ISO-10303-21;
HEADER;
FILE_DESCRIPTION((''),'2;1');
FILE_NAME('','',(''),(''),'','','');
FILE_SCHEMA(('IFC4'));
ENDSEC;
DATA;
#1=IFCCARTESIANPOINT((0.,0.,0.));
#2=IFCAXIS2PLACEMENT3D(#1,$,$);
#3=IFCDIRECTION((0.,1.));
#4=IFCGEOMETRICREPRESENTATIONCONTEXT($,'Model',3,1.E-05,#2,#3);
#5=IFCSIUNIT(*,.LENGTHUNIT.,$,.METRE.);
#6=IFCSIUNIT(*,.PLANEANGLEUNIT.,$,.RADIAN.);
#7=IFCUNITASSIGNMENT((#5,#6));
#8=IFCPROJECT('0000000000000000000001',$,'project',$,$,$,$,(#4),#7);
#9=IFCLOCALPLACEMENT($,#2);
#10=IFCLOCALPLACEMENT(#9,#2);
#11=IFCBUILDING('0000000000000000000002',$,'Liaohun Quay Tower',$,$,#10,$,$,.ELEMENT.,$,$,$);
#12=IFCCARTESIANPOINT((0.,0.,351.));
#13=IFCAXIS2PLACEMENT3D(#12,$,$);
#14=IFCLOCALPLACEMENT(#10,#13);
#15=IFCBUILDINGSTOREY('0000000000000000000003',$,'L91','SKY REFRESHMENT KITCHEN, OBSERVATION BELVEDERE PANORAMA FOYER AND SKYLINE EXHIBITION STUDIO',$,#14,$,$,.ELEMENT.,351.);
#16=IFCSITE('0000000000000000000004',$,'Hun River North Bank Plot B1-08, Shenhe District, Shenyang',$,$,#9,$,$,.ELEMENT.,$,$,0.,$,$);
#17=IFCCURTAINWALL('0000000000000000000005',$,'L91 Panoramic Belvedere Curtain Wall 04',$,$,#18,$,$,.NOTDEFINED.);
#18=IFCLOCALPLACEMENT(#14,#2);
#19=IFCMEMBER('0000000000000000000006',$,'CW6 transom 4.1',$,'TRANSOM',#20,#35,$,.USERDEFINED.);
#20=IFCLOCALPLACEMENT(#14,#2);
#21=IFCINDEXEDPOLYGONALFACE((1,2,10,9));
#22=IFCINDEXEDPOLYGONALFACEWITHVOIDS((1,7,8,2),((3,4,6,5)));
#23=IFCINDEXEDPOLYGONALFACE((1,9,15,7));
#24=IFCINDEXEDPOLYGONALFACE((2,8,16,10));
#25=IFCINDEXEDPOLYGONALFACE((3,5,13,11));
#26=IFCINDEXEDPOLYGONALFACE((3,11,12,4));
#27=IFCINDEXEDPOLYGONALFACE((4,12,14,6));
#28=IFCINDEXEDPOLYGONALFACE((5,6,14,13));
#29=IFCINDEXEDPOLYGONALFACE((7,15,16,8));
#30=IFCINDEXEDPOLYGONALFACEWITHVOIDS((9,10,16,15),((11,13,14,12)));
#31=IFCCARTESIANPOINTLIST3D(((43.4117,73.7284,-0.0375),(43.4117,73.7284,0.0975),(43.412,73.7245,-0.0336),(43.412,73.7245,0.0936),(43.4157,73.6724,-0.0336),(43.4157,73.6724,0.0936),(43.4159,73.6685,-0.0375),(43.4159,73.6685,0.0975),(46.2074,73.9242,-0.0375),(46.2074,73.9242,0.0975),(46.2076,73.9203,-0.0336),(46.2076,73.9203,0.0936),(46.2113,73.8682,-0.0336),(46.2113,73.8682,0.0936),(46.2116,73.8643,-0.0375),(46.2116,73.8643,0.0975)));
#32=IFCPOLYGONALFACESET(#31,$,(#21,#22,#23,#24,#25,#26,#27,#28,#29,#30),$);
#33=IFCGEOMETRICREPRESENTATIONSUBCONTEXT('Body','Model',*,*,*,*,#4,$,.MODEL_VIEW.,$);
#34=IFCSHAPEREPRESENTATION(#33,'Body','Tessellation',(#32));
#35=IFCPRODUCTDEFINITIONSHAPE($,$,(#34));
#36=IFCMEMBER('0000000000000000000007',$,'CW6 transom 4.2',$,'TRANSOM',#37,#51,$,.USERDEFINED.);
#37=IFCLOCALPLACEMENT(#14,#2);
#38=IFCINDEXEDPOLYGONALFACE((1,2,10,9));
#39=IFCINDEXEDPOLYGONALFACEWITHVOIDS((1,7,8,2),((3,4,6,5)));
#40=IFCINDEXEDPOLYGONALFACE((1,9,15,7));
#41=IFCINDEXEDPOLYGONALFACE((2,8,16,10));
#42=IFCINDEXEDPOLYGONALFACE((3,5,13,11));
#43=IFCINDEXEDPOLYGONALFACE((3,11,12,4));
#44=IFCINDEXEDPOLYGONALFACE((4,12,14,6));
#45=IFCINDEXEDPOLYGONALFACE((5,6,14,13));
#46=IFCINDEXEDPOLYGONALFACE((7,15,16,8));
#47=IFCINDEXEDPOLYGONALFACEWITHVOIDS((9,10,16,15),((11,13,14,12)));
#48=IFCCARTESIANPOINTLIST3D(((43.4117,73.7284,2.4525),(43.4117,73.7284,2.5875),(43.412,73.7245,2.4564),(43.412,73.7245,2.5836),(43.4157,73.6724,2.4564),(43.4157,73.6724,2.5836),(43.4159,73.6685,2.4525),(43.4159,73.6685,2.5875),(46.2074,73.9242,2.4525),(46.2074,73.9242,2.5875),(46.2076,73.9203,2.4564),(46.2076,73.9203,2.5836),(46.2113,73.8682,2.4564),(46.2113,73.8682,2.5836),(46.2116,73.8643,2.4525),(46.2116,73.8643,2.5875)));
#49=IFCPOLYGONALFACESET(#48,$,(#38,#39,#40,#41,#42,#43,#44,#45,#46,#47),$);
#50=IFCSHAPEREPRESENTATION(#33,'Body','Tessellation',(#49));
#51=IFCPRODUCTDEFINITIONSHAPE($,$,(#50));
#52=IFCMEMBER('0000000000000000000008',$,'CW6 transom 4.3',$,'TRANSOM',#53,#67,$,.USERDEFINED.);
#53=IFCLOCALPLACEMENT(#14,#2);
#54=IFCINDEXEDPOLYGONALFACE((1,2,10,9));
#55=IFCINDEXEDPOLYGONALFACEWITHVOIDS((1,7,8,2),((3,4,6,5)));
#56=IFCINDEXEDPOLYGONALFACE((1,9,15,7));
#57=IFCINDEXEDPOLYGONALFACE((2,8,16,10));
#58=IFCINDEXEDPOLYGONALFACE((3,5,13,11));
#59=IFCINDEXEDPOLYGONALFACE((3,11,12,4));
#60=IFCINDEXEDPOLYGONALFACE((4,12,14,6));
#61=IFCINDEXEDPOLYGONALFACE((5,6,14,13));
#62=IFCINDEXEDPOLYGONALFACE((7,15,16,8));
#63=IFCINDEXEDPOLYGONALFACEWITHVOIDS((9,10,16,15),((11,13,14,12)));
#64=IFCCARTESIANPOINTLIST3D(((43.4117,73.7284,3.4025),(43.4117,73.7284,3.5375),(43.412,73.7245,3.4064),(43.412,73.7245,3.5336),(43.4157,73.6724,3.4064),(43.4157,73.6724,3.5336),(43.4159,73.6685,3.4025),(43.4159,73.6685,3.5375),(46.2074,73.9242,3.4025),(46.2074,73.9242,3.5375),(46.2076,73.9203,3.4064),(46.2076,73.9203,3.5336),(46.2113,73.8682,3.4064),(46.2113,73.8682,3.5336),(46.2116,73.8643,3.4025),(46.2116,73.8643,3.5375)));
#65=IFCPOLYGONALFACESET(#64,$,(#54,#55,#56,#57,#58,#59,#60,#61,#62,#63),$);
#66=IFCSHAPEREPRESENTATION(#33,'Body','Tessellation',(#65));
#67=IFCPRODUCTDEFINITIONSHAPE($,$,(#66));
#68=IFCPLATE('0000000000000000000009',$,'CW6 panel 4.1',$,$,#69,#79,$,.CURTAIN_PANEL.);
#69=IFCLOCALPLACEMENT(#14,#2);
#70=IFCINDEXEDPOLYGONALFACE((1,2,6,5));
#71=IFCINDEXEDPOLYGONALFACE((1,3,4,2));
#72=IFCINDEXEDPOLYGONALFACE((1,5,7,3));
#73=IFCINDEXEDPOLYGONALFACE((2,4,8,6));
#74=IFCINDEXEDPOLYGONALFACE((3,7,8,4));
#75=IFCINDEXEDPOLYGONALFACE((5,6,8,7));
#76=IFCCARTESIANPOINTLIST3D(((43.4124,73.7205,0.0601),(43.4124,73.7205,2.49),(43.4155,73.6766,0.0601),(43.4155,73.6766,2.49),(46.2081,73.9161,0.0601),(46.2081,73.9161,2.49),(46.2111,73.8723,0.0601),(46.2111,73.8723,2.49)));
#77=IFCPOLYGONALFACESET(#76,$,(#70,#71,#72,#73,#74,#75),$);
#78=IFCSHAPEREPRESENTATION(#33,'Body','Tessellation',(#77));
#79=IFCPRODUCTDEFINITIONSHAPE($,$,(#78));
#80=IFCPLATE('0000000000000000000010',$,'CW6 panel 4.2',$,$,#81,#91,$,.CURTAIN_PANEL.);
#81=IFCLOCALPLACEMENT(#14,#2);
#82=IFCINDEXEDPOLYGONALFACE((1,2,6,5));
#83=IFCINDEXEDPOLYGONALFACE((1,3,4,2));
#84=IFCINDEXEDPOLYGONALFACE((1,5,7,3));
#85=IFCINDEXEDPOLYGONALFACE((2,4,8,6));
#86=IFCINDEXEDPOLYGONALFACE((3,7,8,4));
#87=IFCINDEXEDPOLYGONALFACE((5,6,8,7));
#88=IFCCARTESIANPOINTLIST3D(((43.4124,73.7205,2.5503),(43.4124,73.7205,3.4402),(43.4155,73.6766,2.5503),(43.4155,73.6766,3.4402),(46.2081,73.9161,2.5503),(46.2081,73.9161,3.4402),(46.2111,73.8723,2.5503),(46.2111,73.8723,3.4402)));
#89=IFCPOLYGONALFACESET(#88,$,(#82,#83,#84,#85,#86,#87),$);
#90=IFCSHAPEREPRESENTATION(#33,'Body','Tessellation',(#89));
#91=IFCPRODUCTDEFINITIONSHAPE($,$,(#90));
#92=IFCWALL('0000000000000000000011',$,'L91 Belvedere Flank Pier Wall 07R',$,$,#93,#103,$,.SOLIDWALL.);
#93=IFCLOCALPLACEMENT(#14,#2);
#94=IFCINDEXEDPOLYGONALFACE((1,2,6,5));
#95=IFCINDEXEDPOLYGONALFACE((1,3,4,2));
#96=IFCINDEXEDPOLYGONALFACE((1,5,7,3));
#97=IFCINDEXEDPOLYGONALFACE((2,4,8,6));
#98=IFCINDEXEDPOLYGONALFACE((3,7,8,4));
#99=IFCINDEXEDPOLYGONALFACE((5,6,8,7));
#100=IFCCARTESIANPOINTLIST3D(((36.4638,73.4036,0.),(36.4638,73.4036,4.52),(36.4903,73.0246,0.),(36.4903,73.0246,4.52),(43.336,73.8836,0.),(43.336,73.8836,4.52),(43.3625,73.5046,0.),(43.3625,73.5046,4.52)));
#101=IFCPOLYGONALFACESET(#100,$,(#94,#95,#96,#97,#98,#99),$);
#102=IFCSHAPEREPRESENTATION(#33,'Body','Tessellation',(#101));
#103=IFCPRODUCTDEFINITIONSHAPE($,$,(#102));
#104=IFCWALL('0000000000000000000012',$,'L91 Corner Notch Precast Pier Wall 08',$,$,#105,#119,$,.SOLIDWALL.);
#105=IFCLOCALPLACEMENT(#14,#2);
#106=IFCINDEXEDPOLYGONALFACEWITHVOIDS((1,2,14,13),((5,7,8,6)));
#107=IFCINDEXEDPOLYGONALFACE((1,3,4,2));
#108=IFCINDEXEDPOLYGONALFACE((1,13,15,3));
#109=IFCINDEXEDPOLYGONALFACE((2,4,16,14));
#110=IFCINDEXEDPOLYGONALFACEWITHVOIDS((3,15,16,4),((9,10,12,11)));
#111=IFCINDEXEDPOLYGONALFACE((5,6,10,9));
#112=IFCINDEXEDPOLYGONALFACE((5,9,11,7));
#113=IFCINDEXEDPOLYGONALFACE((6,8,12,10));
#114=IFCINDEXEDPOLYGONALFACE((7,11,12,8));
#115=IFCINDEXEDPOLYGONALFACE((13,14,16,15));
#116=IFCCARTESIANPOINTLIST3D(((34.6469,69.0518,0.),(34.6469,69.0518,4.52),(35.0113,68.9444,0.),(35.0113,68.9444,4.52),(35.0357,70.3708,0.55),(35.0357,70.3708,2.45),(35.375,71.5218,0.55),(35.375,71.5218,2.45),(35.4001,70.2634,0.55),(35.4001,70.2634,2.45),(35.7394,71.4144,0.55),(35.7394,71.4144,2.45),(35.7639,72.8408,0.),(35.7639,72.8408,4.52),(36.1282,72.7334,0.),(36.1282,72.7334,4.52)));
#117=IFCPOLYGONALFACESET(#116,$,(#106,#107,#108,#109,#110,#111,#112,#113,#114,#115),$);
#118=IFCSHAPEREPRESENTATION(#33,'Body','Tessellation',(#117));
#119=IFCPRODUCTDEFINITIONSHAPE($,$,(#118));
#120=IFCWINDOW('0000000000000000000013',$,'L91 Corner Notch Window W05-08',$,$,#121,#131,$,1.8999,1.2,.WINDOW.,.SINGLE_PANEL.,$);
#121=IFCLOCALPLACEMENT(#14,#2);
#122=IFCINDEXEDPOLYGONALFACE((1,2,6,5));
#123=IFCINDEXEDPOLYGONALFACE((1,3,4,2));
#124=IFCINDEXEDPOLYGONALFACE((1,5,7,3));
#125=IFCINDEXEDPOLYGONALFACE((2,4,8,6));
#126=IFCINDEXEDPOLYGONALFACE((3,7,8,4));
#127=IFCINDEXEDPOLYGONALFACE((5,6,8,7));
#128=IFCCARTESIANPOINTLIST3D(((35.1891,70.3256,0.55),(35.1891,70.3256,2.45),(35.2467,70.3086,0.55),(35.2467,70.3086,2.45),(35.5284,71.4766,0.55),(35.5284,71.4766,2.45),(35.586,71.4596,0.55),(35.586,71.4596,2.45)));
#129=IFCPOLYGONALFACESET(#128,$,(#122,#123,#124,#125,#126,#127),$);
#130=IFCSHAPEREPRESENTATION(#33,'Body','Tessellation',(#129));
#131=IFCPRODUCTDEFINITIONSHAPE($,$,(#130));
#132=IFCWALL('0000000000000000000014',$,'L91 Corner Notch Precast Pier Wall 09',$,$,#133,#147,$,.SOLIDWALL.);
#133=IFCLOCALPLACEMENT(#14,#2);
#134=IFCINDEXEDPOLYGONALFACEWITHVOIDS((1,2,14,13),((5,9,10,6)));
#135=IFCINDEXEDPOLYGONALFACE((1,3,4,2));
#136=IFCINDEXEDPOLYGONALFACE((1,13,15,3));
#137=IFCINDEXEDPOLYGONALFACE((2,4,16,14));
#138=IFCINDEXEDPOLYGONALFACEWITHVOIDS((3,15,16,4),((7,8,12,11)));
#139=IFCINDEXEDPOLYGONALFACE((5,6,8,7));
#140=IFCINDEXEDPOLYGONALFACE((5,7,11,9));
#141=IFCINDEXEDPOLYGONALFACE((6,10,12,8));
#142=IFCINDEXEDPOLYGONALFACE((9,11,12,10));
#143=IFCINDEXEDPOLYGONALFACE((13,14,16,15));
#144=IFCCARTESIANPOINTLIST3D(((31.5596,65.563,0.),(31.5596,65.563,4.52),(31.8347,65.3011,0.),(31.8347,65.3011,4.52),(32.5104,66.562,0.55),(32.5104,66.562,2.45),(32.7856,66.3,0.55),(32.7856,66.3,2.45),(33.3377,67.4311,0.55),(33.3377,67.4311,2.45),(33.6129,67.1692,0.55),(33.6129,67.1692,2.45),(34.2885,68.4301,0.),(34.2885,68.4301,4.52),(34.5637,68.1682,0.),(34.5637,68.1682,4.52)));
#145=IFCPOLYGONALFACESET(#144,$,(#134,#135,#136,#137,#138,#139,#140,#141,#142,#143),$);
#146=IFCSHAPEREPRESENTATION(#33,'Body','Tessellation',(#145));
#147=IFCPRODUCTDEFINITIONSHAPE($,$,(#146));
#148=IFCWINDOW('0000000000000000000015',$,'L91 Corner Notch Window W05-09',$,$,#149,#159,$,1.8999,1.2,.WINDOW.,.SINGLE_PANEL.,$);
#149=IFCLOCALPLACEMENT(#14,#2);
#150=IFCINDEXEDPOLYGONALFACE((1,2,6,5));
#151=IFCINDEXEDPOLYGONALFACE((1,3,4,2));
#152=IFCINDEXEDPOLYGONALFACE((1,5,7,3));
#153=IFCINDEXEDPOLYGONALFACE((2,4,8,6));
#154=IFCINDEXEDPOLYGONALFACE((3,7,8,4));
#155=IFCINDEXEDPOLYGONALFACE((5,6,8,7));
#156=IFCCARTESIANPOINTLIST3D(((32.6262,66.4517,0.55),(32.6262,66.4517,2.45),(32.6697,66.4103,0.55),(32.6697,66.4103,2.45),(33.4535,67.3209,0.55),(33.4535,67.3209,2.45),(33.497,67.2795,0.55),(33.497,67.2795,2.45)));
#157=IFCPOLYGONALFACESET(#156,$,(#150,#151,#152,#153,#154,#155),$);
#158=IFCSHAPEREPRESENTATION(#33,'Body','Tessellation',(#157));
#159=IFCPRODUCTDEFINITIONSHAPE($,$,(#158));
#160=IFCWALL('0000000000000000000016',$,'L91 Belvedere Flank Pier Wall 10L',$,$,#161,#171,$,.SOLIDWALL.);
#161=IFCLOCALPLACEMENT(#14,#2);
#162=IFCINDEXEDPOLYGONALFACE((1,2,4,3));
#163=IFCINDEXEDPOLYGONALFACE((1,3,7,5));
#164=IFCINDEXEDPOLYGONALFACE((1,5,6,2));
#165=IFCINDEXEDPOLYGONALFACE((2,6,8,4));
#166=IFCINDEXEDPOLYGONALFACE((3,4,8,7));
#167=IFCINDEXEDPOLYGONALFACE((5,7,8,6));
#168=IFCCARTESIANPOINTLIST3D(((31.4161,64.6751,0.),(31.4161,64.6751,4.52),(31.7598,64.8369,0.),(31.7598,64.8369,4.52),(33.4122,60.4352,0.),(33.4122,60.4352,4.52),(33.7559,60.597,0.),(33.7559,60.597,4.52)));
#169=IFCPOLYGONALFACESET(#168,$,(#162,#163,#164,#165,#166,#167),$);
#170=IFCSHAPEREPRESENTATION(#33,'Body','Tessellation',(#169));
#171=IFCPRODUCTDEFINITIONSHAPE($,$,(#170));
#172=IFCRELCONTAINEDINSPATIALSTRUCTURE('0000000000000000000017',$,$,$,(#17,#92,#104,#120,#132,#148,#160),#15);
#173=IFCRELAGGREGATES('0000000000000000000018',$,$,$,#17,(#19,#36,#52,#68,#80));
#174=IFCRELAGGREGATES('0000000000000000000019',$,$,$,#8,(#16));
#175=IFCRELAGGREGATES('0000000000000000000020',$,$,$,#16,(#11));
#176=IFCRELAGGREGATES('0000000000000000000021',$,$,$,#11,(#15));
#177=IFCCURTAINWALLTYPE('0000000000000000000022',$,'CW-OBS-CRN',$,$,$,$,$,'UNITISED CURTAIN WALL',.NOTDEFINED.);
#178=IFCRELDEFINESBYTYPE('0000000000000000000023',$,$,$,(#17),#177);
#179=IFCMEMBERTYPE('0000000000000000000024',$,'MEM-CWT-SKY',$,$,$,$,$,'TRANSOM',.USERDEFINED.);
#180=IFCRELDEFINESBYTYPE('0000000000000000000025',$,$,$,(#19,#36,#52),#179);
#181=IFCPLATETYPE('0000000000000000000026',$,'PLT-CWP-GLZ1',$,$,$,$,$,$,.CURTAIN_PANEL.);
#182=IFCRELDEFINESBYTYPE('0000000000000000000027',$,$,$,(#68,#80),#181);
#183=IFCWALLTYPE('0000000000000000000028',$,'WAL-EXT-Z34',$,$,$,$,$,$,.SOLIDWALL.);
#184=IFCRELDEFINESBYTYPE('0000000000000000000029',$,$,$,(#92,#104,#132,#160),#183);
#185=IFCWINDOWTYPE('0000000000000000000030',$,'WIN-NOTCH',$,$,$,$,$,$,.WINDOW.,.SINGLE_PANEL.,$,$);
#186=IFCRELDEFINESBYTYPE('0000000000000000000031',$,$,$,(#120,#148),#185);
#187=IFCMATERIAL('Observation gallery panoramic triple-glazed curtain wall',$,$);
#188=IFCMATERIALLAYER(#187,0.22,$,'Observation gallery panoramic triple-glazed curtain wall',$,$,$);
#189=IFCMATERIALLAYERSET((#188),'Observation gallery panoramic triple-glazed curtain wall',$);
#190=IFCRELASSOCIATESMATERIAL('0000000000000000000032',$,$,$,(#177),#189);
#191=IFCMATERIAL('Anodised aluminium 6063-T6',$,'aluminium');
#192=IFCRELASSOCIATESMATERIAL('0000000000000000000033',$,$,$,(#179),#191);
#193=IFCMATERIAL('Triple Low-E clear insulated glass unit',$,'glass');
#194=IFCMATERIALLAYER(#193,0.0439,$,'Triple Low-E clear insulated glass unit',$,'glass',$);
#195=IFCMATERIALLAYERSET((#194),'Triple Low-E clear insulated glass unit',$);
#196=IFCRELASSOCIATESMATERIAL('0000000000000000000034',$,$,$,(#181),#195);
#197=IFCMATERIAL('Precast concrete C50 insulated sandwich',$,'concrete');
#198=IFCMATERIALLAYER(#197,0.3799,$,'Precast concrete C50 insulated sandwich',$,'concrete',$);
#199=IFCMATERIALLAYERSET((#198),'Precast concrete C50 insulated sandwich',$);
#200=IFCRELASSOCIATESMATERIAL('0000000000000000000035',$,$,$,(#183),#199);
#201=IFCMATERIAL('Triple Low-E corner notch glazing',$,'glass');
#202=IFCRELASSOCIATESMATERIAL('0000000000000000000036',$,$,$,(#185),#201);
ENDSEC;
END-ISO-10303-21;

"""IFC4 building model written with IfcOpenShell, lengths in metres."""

from ifc_helpers import new_model, si_unit, direction, frame, frame_2d, origin, origin_2d, place, context, subcontext, project, spatial, rectangle, hollow_rectangle, extrude, source, transform, mapped, material, layer, layer_set, material_profile, profile_set, type_object, element, fill, aggregate, save


model = new_model("IFC4")

# Units and contexts
model_context = context("Model", 3, precision=1e-05, world=origin(), true_north=direction((0.0, 1.0)))
body_context = subcontext(model_context, "Body", "Model", "MODEL_VIEW")
ifc_project = project(units=[si_unit("LENGTHUNIT", "METRE"), si_unit("PLANEANGLEUNIT", "RADIAN")], contexts=[model_context])

# Site, building, storey
site_placement = place(None, origin())
site = spatial("IfcSite", under=ifc_project, at=site_placement, Name="Hun River North Bank Plot B1-08, Shenhe District, Shenyang", CompositionType="ELEMENT", RefElevation=0.0)
building_placement = place(site_placement, origin())
building = spatial("IfcBuilding", under=site, at=building_placement, Name="Liaohun Quay Tower", CompositionType="ELEMENT")
storey_placement = place(building_placement, frame((0.0, 0.0, 351.0)))
storey = spatial("IfcBuildingStorey", under=building, at=storey_placement, Name="L91", Description="SKY REFRESHMENT KITCHEN, OBSERVATION BELVEDERE PANORAMA FOYER AND SKYLINE EXHIBITION STUDIO", CompositionType="ELEMENT", Elevation=351.0)

# Curtain wall, members, plates
ifc_material_1 = material(Name="Observation gallery panoramic triple-glazed curtain wall")
ifc_layer_1 = layer(ifc_material_1, 0.22, Name="Observation gallery panoramic triple-glazed curtain wall")
ifc_layer_set_1 = layer_set([ifc_layer_1], Name="Observation gallery panoramic triple-glazed curtain wall")
curtain_wall_type = type_object("IfcCurtainWallType", Name="CW-OBS-CRN", ElementType="UNITISED CURTAIN WALL", PredefinedType="NOTDEFINED", material=ifc_layer_set_1)
curtain_wall_placement = place(storey_placement, origin())
curtain_wall = element("IfcCurtainWall", 1, at=curtain_wall_placement, inside=storey, type_object=curtain_wall_type, Name="L91 Panoramic Belvedere Curtain Wall 04", PredefinedType="NOTDEFINED")
ifc_material_2 = material(Name="Anodised aluminium 6063-T6", Category="aluminium")
ifc_material_profile_1 = material_profile(ifc_material_2, hollow_rectangle(XDim=0.0601, YDim=0.135, WallThickness=0.0039, at=origin_2d()), Name="RHS135x60x4")
ifc_profile_set_1 = profile_set([ifc_material_profile_1], Name="Anodised aluminium 6063-T6")
member_type_1 = type_object("IfcMemberType", Name="MEM-CWT-SKY", ElementType="TRANSOM", PredefinedType="USERDEFINED", material=ifc_profile_set_1)
shared_shape_1 = source(origin(), body_context, "Body", "SweptSolid", [
    extrude(hollow_rectangle(XDim=0.0601, YDim=0.135, WallThickness=0.0039, at=origin_2d()), origin(), (0.0, 0.0, 1.0), 2.8025),
])
member_1_placement = place(storey_placement, frame((46.2095, 73.8943, 0.03), z_axis=(-0.997556, -0.069866, 0.0), x_axis=(0.069866, -0.997556, 0.0)))
member_1 = element("IfcMember", 2, at=member_1_placement, type_object=member_type_1, Name="CW6 transom 4.1", ObjectType="TRANSOM", PredefinedType="USERDEFINED", context=body_context, shape_type="MappedRepresentation", body=[
    mapped(shared_shape_1, transform((0.0, 0.0, 0.0), x_axis=(1.0, 0.0, 0.0), y_axis=(0.0, 1.0, 0.0), z_axis=(0.0, 0.0, 1.0), scale=1.0)),
])
member_2_placement = place(storey_placement, frame((46.2095, 73.8943, 2.52), z_axis=(-0.997556, -0.069866, 0.0), x_axis=(0.069866, -0.997556, 0.0)))
member_2 = element("IfcMember", 3, at=member_2_placement, type_object=member_type_1, Name="CW6 transom 4.2", ObjectType="TRANSOM", PredefinedType="USERDEFINED", context=body_context, shape_type="MappedRepresentation", body=[
    mapped(shared_shape_1, transform((0.0, 0.0, 0.0), x_axis=(1.0, 0.0, 0.0), y_axis=(0.0, 1.0, 0.0), z_axis=(0.0, 0.0, 1.0), scale=1.0)),
])
member_3_placement = place(storey_placement, frame((46.2095, 73.8943, 3.47), z_axis=(-0.997556, -0.069866, 0.0), x_axis=(0.069866, -0.997556, 0.0)))
member_3 = element("IfcMember", 4, at=member_3_placement, type_object=member_type_1, Name="CW6 transom 4.3", ObjectType="TRANSOM", PredefinedType="USERDEFINED", context=body_context, shape_type="MappedRepresentation", body=[
    mapped(shared_shape_1, transform((0.0, 0.0, 0.0), x_axis=(1.0, 0.0, 0.0), y_axis=(0.0, 1.0, 0.0), z_axis=(0.0, 0.0, 1.0), scale=1.0)),
])
ifc_material_3 = material(Name="Triple Low-E clear insulated glass unit", Category="glass")
ifc_layer_2 = layer(ifc_material_3, 0.0439, Name="Triple Low-E clear insulated glass unit", Category="glass")
ifc_layer_set_2 = layer_set([ifc_layer_2], Name="Triple Low-E clear insulated glass unit")
plate_type = type_object("IfcPlateType", Name="PLT-CWP-GLZ1", PredefinedType="CURTAIN_PANEL", material=ifc_layer_set_2)
shared_shape_2 = source(origin(), body_context, "Body", "SweptSolid", [
    extrude(rectangle(XDim=2.8025, YDim=0.0439, at=origin_2d()), origin(), (0.0, 0.0, 1.0), 2.4299),
])
plate_1_placement = place(storey_placement, frame((44.8118, 73.7964, 0.0601), z_axis=(0.0, 0.0, 1.0), x_axis=(-0.997559, -0.069826, 0.0)))
plate_1 = element("IfcPlate", 5, at=plate_1_placement, type_object=plate_type, Name="CW6 panel 4.1", PredefinedType="CURTAIN_PANEL", context=body_context, shape_type="MappedRepresentation", body=[
    mapped(shared_shape_2, transform((0.0, 0.0, 0.0), x_axis=(1.0, 0.0, 0.0), y_axis=(0.0, 1.0, 0.0), z_axis=(0.0, 0.0, 1.0), scale=1.0)),
])
shared_shape_3 = source(origin(), body_context, "Body", "SweptSolid", [
    extrude(rectangle(XDim=2.8025, YDim=0.0439, at=origin_2d()), origin(), (0.0, 0.0, 1.0), 0.8899),
])
plate_2_placement = place(storey_placement, frame((44.8118, 73.7964, 2.5503), z_axis=(0.0, 0.0, 1.0), x_axis=(-0.997559, -0.069826, 0.0)))
plate_2 = element("IfcPlate", 6, at=plate_2_placement, type_object=plate_type, Name="CW6 panel 4.2", PredefinedType="CURTAIN_PANEL", context=body_context, shape_type="MappedRepresentation", body=[
    mapped(shared_shape_3, transform((0.0, 0.0, 0.0), x_axis=(1.0, 0.0, 0.0), y_axis=(0.0, 1.0, 0.0), z_axis=(0.0, 0.0, 1.0), scale=1.0)),
])
aggregate(curtain_wall, [member_1, member_2, member_3, plate_1, plate_2])

# Wall
ifc_material_4 = material(Name="Precast concrete C50 insulated sandwich", Category="concrete")
ifc_layer_3 = layer(ifc_material_4, 0.3799, Name="Precast concrete C50 insulated sandwich", Category="concrete")
ifc_layer_set_3 = layer_set([ifc_layer_3], Name="Precast concrete C50 insulated sandwich")
wall_type_1 = type_object("IfcWallType", Name="WAL-EXT-Z34", PredefinedType="SOLIDWALL", material=ifc_layer_set_3)
wall_1_placement = place(storey_placement, frame((43.3491, 73.6941, 0.0), z_axis=(0.0, 0.0, 1.0), x_axis=(-0.99757, -0.069675, 0.0)))
element("IfcWall", 7, at=wall_1_placement, inside=storey, type_object=wall_type_1, Name="L91 Belvedere Flank Pier Wall 07R", PredefinedType="SOLIDWALL", context=body_context, shape_type="SweptSolid", body=[
    extrude(rectangle(XDim=6.8889, YDim=0.3799, at=frame_2d((3.4443, 0.0))), origin(), (0.0, 0.0, 1.0), 4.52),
])

# Walls, openings, windows
wall_2_placement = place(storey_placement, frame((35.946, 72.7871, 0.0), z_axis=(0.0, 0.0, 1.0), x_axis=(-0.282752, -0.959193, 0.0)))
wall_2 = element("IfcWall", 8, at=wall_2_placement, inside=storey, type_object=wall_type_1, Name="L91 Corner Notch Precast Pier Wall 08", PredefinedType="SOLIDWALL", context=body_context, shape_type="SweptSolid", body=[
    extrude(rectangle(XDim=3.9502, YDim=0.3799, at=frame_2d((1.9751, 0.0))), origin(), (0.0, 0.0, 1.0), 4.52),
])
shared_shape_4 = source(origin(), body_context, "Body", "SweptSolid", [
    extrude(rectangle(XDim=1.2, YDim=1.8999, at=frame_2d((0.6001, 0.95))), frame((0.0, 0.2, 0.0), z_axis=(0.0, -1.0, 0.0), x_axis=(1.0, 0.0, 0.0)), (0.0, 0.0, 1.0), 0.3999),
])
opening_1_placement = place(wall_2_placement, frame((1.375, 0.0, 0.55)))
opening_1 = element("IfcOpeningElement", 9, at=opening_1_placement, cuts=wall_2, PredefinedType="OPENING", context=body_context, shape_type="MappedRepresentation", body=[
    mapped(shared_shape_4, transform((0.0, 0.0, 0.0), x_axis=(1.0, 0.0, 0.0), y_axis=(0.0, 1.0, 0.0), z_axis=(0.0, 0.0, 1.0), scale=1.0)),
])
ifc_material_5 = material(Name="Triple Low-E corner notch glazing", Category="glass")
window_type = type_object("IfcWindowType", Name="WIN-NOTCH", PartitioningType="SINGLE_PANEL", PredefinedType="WINDOW", material=ifc_material_5)
shared_shape_5 = source(origin(), body_context, "Body", "SweptSolid", [
    extrude(rectangle(XDim=1.2, YDim=1.8999, at=frame_2d((0.6001, 0.95))), frame((0.0, 0.03, 0.0), z_axis=(0.0, -1.0, 0.0), x_axis=(1.0, 0.0, 0.0)), (0.0, 0.0, 1.0), 0.0601),
])
window_1_placement = place(opening_1_placement, origin())
window_1 = element("IfcWindow", 10, at=window_1_placement, inside=storey, type_object=window_type, Name="L91 Corner Notch Window W05-08", OverallHeight=1.8999, OverallWidth=1.2, PartitioningType="SINGLE_PANEL", PredefinedType="WINDOW", context=body_context, shape_type="MappedRepresentation", body=[
    mapped(shared_shape_5, transform((0.0, 0.0, 0.0), x_axis=(1.0, 0.0, 0.0), y_axis=(0.0, 1.0, 0.0), z_axis=(0.0, 0.0, 1.0), scale=1.0)),
])
fill(opening_1, window_1)
wall_3_placement = place(storey_placement, frame((34.426, 68.2991, 0.0), z_axis=(0.0, 0.0, 1.0), x_axis=(-0.689436, -0.724346, 0.0)))
wall_3 = element("IfcWall", 11, at=wall_3_placement, inside=storey, type_object=wall_type_1, Name="L91 Corner Notch Precast Pier Wall 09", PredefinedType="SOLIDWALL", context=body_context, shape_type="SweptSolid", body=[
    extrude(rectangle(XDim=3.9583, YDim=0.3799, at=frame_2d((1.979, 0.0))), origin(), (0.0, 0.0, 1.0), 4.52),
])
opening_2_placement = place(wall_3_placement, frame((1.3789, 0.0, 0.55)))
opening_2 = element("IfcOpeningElement", 12, at=opening_2_placement, cuts=wall_3, PredefinedType="OPENING", context=body_context, shape_type="MappedRepresentation", body=[
    mapped(shared_shape_4, transform((0.0, 0.0, 0.0), x_axis=(1.0, 0.0, 0.0), y_axis=(0.0, 1.0, 0.0), z_axis=(0.0, 0.0, 1.0), scale=1.0)),
])
window_2_placement = place(opening_2_placement, origin())
window_2 = element("IfcWindow", 13, at=window_2_placement, inside=storey, type_object=window_type, Name="L91 Corner Notch Window W05-09", OverallHeight=1.8999, OverallWidth=1.2, PartitioningType="SINGLE_PANEL", PredefinedType="WINDOW", context=body_context, shape_type="MappedRepresentation", body=[
    mapped(shared_shape_5, transform((0.0, 0.0, 0.0), x_axis=(1.0, 0.0, 0.0), y_axis=(0.0, 1.0, 0.0), z_axis=(0.0, 0.0, 1.0), scale=1.0)),
])
fill(opening_2, window_2)

# Wall
wall_4_placement = place(storey_placement, frame((31.5879, 64.7561, 0.0), z_axis=(0.0, 0.0, 1.0), x_axis=(0.425938, -0.904753, 0.0)))
element("IfcWall", 14, at=wall_4_placement, inside=storey, type_object=wall_type_1, Name="L91 Belvedere Flank Pier Wall 10L", PredefinedType="SOLIDWALL", context=body_context, shape_type="SweptSolid", body=[
    extrude(rectangle(XDim=4.6863, YDim=0.3799, at=frame_2d((2.3433, 0.0))), origin(), (0.0, 0.0, 1.0), 4.52),
])

save(model, "model.ifc")
